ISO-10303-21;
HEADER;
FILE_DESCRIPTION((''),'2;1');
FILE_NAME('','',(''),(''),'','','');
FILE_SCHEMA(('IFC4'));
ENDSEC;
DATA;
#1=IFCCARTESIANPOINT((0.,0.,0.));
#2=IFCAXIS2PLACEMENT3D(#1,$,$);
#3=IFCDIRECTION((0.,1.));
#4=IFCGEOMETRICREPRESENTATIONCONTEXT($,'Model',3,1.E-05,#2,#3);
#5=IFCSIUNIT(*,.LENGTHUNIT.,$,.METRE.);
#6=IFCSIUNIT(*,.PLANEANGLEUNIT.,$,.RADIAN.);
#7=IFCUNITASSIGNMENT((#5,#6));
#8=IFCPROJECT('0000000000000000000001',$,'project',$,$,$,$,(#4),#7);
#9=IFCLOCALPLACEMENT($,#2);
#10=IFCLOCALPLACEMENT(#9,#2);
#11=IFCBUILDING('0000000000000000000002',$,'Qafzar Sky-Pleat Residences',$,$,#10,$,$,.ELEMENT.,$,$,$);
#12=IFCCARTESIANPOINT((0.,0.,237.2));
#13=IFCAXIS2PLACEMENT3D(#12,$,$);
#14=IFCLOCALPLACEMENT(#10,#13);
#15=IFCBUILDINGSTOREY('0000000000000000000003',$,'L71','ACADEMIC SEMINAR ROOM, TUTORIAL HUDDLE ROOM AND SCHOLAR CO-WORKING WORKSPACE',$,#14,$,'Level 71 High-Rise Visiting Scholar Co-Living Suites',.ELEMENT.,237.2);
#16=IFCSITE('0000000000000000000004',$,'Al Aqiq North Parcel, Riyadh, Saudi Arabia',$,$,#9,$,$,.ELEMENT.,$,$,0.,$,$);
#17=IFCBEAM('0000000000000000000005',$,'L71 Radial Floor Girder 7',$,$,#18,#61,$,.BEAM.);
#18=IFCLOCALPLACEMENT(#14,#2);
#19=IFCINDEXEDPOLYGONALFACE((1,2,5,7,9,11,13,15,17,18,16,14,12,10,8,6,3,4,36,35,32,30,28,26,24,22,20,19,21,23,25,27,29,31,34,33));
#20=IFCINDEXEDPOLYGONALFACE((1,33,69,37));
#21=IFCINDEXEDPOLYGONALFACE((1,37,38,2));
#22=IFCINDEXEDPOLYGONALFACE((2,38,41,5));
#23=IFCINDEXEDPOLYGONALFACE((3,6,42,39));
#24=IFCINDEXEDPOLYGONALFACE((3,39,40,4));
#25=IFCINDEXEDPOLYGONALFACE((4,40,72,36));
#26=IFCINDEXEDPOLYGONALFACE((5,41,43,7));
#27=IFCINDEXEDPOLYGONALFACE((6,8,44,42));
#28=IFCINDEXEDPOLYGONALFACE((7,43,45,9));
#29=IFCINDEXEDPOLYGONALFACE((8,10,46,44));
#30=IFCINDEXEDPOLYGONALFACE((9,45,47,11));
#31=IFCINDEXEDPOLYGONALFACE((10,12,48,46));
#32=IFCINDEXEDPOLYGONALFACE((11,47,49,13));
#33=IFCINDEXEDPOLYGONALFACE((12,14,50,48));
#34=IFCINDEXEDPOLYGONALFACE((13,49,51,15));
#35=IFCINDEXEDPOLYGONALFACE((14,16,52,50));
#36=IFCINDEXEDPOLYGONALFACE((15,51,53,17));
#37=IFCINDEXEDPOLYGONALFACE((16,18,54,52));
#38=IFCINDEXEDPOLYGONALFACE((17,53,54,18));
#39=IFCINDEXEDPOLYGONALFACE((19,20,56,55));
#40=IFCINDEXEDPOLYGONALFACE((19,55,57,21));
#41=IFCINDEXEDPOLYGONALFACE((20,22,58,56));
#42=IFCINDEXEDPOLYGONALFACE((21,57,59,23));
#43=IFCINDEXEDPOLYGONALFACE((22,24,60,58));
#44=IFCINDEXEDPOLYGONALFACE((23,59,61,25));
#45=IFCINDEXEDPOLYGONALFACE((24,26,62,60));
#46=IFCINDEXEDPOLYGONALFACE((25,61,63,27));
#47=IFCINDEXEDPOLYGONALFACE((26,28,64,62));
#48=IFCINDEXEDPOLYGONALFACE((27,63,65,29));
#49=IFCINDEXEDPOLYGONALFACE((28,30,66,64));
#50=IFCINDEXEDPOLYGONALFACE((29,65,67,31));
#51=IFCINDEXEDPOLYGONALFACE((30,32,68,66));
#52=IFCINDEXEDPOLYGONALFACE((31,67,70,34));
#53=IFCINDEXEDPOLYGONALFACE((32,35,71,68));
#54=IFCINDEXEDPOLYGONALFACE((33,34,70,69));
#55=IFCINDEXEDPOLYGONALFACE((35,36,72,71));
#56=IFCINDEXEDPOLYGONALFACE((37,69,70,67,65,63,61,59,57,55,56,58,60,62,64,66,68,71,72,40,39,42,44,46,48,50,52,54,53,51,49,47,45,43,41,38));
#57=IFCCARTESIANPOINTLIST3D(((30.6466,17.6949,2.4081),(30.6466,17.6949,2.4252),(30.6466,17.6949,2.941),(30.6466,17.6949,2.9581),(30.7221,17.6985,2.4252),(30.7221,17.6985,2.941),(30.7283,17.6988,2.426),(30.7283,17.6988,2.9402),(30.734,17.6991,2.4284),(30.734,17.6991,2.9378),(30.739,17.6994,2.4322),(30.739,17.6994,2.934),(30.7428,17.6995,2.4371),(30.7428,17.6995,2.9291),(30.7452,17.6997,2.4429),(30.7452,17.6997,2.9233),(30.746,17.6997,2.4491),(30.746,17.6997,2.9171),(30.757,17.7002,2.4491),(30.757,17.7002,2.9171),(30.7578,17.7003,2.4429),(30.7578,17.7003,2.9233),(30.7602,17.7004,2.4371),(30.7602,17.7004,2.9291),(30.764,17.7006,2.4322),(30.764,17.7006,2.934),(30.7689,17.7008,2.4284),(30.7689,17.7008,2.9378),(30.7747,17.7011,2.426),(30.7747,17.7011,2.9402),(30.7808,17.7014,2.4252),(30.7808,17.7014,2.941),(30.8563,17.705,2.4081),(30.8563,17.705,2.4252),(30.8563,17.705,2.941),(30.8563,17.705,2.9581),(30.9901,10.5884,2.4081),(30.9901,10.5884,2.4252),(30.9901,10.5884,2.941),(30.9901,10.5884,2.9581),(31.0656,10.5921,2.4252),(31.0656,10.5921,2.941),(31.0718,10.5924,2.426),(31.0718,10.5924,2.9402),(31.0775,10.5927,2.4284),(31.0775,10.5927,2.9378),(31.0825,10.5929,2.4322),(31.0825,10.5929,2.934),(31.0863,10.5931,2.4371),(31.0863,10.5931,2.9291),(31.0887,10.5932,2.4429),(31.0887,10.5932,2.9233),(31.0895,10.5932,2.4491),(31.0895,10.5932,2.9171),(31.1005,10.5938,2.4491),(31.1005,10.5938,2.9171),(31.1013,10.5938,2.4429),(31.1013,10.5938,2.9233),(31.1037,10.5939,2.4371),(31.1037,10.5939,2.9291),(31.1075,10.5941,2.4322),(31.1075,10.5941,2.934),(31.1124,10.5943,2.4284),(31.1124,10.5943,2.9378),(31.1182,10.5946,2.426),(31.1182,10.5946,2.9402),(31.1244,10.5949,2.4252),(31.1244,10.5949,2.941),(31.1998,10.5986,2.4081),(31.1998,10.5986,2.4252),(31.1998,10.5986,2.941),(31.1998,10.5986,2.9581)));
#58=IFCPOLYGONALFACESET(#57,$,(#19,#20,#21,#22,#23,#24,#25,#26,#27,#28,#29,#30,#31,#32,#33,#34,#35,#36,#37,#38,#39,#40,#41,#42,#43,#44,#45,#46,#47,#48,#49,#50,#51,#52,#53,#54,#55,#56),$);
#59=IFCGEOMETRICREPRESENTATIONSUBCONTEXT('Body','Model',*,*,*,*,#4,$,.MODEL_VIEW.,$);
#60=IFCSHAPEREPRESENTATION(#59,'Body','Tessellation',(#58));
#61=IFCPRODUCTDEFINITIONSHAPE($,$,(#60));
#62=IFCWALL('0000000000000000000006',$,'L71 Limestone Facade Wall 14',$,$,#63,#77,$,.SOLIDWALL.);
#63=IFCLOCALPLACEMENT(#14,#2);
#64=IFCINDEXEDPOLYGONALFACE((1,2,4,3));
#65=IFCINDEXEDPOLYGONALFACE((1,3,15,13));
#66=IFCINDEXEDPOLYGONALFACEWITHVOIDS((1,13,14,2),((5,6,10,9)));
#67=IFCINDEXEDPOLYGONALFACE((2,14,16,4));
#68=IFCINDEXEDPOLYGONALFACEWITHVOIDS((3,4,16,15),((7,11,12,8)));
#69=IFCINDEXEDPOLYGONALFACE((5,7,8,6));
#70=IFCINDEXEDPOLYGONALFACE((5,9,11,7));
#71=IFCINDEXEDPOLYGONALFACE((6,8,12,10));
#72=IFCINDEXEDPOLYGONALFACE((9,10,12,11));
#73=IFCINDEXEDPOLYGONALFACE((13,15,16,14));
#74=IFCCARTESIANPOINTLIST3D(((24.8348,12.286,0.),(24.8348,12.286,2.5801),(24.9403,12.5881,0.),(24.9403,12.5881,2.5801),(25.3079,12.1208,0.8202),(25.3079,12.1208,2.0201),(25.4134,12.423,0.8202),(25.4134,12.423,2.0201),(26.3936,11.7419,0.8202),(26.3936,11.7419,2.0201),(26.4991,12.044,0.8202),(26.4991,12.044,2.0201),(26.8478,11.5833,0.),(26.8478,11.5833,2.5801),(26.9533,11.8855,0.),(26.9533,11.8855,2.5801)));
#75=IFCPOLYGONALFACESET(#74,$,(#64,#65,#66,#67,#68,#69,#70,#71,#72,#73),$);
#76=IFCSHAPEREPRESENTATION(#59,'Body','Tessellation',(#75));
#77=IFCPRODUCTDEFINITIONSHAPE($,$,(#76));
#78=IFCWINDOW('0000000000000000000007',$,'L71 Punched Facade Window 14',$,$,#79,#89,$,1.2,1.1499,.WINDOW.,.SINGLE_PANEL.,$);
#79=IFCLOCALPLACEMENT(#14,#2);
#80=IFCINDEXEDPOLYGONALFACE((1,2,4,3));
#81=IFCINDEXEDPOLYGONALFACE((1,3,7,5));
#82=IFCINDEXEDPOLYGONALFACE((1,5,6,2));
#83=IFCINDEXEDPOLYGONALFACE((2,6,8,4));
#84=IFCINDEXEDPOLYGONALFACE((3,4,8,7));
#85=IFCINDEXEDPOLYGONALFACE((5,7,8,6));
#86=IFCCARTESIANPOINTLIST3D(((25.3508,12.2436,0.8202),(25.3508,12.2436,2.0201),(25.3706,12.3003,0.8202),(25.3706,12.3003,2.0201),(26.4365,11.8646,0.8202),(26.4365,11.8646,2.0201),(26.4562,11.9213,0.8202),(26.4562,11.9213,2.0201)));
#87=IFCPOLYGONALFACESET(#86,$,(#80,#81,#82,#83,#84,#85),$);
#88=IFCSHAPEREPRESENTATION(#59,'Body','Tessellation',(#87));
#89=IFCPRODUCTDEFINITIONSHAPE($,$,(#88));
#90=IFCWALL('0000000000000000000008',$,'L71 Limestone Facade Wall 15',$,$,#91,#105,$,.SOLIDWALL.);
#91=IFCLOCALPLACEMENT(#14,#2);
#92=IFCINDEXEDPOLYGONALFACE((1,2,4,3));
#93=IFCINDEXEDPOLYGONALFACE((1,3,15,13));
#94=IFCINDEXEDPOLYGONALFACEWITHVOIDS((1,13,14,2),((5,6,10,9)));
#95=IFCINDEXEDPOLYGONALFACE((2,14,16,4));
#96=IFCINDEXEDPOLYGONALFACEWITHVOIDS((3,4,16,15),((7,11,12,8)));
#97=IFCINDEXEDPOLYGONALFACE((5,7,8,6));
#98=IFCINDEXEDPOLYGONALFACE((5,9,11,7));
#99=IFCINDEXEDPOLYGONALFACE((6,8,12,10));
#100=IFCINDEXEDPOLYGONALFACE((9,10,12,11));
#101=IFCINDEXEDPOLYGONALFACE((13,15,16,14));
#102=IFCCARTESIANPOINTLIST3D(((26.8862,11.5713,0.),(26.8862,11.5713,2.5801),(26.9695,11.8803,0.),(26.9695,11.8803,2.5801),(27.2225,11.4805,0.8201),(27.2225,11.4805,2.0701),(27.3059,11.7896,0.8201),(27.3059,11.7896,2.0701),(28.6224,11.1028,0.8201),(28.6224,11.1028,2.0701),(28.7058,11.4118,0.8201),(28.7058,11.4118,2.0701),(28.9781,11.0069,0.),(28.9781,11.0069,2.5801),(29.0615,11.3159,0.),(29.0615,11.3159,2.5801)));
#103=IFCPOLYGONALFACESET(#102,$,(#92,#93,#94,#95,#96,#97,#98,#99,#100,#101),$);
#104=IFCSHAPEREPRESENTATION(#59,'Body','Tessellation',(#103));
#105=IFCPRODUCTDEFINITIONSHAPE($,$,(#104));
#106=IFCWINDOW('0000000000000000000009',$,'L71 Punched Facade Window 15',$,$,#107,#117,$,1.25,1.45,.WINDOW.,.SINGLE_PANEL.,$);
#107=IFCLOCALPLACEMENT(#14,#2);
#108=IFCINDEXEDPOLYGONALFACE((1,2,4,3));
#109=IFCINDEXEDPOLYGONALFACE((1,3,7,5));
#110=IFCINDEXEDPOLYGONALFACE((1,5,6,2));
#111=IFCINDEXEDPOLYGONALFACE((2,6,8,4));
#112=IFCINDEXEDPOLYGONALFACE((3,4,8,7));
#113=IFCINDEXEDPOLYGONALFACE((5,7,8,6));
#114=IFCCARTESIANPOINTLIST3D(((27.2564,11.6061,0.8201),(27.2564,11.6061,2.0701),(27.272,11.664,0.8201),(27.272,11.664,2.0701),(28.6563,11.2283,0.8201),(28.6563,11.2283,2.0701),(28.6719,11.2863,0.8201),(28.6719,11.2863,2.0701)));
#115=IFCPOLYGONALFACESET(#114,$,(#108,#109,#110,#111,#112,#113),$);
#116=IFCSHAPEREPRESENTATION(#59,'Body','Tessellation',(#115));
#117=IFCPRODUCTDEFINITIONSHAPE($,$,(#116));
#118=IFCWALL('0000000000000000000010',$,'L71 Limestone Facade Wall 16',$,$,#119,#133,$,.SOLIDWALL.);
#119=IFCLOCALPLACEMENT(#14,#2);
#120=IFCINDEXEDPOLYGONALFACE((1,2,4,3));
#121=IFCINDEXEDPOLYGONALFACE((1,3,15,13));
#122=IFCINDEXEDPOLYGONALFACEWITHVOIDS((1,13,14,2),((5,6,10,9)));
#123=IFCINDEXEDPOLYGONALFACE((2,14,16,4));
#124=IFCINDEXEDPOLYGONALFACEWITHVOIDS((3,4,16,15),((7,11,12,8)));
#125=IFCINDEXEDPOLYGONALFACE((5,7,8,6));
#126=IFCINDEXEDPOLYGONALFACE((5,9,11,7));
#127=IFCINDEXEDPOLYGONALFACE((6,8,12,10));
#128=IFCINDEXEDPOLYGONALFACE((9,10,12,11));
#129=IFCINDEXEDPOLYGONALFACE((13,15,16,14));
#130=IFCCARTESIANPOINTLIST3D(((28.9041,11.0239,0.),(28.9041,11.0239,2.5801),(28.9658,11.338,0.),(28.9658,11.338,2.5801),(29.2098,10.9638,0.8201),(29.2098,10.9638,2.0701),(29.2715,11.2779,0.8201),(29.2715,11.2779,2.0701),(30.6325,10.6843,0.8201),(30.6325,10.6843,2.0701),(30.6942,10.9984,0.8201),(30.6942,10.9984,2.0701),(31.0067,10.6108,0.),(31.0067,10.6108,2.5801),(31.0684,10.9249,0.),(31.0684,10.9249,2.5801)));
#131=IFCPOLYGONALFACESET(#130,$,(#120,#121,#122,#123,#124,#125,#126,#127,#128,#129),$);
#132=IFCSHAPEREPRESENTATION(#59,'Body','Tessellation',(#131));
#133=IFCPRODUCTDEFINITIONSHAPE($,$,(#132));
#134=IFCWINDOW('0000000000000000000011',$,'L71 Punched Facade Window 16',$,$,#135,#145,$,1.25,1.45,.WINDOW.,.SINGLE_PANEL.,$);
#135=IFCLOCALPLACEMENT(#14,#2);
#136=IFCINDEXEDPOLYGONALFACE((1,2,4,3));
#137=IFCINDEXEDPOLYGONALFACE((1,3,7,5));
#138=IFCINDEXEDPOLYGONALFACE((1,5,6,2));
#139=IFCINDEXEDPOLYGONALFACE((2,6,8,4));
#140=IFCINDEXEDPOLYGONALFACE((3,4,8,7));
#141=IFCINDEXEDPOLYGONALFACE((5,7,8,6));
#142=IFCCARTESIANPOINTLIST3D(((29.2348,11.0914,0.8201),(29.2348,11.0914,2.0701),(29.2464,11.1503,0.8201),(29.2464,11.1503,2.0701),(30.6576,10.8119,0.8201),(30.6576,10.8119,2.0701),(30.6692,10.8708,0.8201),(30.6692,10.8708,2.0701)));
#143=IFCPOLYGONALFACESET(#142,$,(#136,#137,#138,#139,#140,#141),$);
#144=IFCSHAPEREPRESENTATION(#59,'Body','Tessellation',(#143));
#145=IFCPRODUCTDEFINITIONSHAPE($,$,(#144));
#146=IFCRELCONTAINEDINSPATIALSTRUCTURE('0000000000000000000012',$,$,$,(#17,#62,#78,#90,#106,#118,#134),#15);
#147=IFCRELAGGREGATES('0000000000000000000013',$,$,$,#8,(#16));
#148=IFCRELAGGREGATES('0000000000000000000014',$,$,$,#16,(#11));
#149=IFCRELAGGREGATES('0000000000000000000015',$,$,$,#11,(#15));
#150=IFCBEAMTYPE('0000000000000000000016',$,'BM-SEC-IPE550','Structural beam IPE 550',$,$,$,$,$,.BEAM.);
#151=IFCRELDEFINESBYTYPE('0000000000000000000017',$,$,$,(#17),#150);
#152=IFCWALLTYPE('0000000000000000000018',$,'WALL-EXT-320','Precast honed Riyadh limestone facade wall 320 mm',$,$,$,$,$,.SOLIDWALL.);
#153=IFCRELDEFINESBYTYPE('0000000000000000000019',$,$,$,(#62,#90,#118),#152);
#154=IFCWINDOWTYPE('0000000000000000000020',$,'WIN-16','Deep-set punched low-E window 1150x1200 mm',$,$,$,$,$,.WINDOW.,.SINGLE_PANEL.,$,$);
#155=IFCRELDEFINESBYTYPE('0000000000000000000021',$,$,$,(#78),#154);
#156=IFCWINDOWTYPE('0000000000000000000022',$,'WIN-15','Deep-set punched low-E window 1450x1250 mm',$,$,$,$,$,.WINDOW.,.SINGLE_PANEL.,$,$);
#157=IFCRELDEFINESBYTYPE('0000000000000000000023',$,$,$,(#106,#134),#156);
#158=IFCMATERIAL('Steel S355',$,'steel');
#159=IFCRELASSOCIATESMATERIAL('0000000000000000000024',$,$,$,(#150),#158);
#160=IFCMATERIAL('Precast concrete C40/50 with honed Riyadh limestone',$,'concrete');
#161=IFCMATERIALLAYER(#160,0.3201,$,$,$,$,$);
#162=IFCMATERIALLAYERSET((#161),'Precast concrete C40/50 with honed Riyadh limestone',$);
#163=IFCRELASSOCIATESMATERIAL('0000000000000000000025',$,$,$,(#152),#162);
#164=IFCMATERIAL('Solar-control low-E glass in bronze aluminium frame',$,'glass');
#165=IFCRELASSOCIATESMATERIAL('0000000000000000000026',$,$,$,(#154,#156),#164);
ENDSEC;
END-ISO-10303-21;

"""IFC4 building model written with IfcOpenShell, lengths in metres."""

from ifc_helpers import new_model, si_unit, direction, frame, frame_2d, origin, origin_2d, place, context, subcontext, project, spatial, rectangle, i_section, extrude, source, transform, mapped, material, layer, layer_set, material_profile, profile_set, type_object, element, fill, save


model = new_model("IFC4")

# Units and contexts
model_context = context("Model", 3, precision=1e-05, world=origin(), true_north=direction((0.0, 1.0)))
body_context = subcontext(model_context, "Body", "Model", "MODEL_VIEW")
ifc_project = project(units=[si_unit("LENGTHUNIT", "METRE"), si_unit("PLANEANGLEUNIT", "RADIAN")], contexts=[model_context])

# Site, building, storey
site_placement = place(None, origin())
site = spatial("IfcSite", under=ifc_project, at=site_placement, Name="Al Aqiq North Parcel, Riyadh, Saudi Arabia", CompositionType="ELEMENT", RefElevation=0.0)
building_placement = place(site_placement, origin())
building = spatial("IfcBuilding", under=site, at=building_placement, Name="Qafzar Sky-Pleat Residences", CompositionType="ELEMENT")
storey_placement = place(building_placement, frame((0.0, 0.0, 237.2)))
storey = spatial("IfcBuildingStorey", under=building, at=storey_placement, Name="L71", Description="ACADEMIC SEMINAR ROOM, TUTORIAL HUDDLE ROOM AND SCHOLAR CO-WORKING WORKSPACE", LongName="Level 71 High-Rise Visiting Scholar Co-Living Suites", CompositionType="ELEMENT", Elevation=237.2)

# Shared definitions
ifc_material_1 = material(Name="Steel S355", Category="steel")

# Beam
ifc_material_profile_1 = material_profile(ifc_material_1, i_section(OverallWidth=0.21, OverallDepth=0.55, WebThickness=0.011, FlangeThickness=0.0171, FilletRadius=0.0239, at=origin_2d()), Name="IPE 550")
ifc_profile_set_1 = profile_set([ifc_material_profile_1], Name="Steel S355")
beam_type_1 = type_object("IfcBeamType", Name="BM-SEC-IPE550", Description="Structural beam IPE 550", PredefinedType="BEAM", material=ifc_profile_set_1)
shared_shape_1 = source(origin(), body_context, "Body", "SweptSolid", [
    extrude(i_section(OverallWidth=0.21, OverallDepth=0.55, WebThickness=0.011, FlangeThickness=0.0171, FilletRadius=0.0239, at=origin_2d()), origin(), (0.0, 0.0, 1.0), 7.1147),
])
beam_1_placement = place(storey_placement, frame((31.095, 10.5935, 2.6831), z_axis=(-0.048281, 0.998834, 0.0), x_axis=(-0.998834, -0.048281, 0.0)))
element("IfcBeam", 1, at=beam_1_placement, inside=storey, type_object=beam_type_1, Name="L71 Radial Floor Girder 7", PredefinedType="BEAM", context=body_context, shape_type="MappedRepresentation", body=[
    mapped(shared_shape_1, transform((0.0, 0.0, 0.0), x_axis=(1.0, 0.0, 0.0), y_axis=(0.0, 1.0, 0.0), z_axis=(0.0, 0.0, 1.0), scale=1.0)),
])

# Walls, openings, windows
ifc_material_2 = material(Name="Precast concrete C40/50 with honed Riyadh limestone", Category="concrete")
ifc_layer_1 = layer(ifc_material_2, 0.3201)
ifc_layer_set_1 = layer_set([ifc_layer_1], Name="Precast concrete C40/50 with honed Riyadh limestone")
wall_type = type_object("IfcWallType", Name="WALL-EXT-320", Description="Precast honed Riyadh limestone facade wall 320 mm", PredefinedType="SOLIDWALL", material=ifc_layer_set_1)
wall_1_placement = place(storey_placement, frame((24.8877, 12.437, 0.0), z_axis=(0.0, 0.0, 1.0), x_axis=(0.944135, -0.32956, 0.0)))
wall_1 = element("IfcWall", 2, at=wall_1_placement, inside=storey, type_object=wall_type, Name="L71 Limestone Facade Wall 14", PredefinedType="SOLIDWALL", context=body_context, shape_type="SweptSolid", body=[
    extrude(rectangle(XDim=2.1321, YDim=0.3201, at=frame_2d((1.0659, 0.0))), origin(), (0.0, 0.0, 1.0), 2.5801),
])
opening_1_placement = place(wall_1_placement, frame((0.501, 0.0, 0.8201)))
opening_1 = element("IfcOpeningElement", 3, at=opening_1_placement, cuts=wall_1, PredefinedType="OPENING", context=body_context, shape_type="SweptSolid", body=[
    extrude(rectangle(XDim=1.1499, YDim=1.2, at=frame_2d((0.575, 0.6001))), frame((0.0, 0.1699, 0.0), z_axis=(0.0, -1.0, 0.0), x_axis=(1.0, 0.0, 0.0)), (0.0, 0.0, 1.0), 0.3401),
])
ifc_material_3 = material(Name="Solar-control low-E glass in bronze aluminium frame", Category="glass")
window_type_1 = type_object("IfcWindowType", Name="WIN-16", Description="Deep-set punched low-E window 1150x1200 mm", PartitioningType="SINGLE_PANEL", PredefinedType="WINDOW", material=ifc_material_3)
shared_shape_2 = source(origin(), body_context, "Body", "SweptSolid", [
    extrude(rectangle(XDim=1.1499, YDim=1.2, at=frame_2d((0.575, 0.6001))), frame((0.0, 0.03, 0.0), z_axis=(0.0, -1.0, 0.0), x_axis=(1.0, 0.0, 0.0)), (0.0, 0.0, 1.0), 0.0601),
])
window_1_placement = place(opening_1_placement, origin())
window_1 = element("IfcWindow", 4, at=window_1_placement, inside=storey, type_object=window_type_1, Name="L71 Punched Facade Window 14", OverallHeight=1.2, OverallWidth=1.1499, PartitioningType="SINGLE_PANEL", PredefinedType="WINDOW", context=body_context, shape_type="MappedRepresentation", body=[
    mapped(shared_shape_2, transform((0.0, 0.0, 0.0), x_axis=(1.0, 0.0, 0.0), y_axis=(0.0, 1.0, 0.0), z_axis=(0.0, 0.0, 1.0), scale=1.0)),
])
fill(opening_1, window_1)
wall_2_placement = place(storey_placement, frame((26.9277, 11.7258, 0.0), z_axis=(0.0, 0.0, 1.0), x_axis=(0.965475, -0.260495, 0.0)))
wall_2 = element("IfcWall", 5, at=wall_2_placement, inside=storey, type_object=wall_type, Name="L71 Limestone Facade Wall 15", PredefinedType="SOLIDWALL", context=body_context, shape_type="SweptSolid", body=[
    extrude(rectangle(XDim=2.1667, YDim=0.3201, at=frame_2d((1.0835, 0.0))), origin(), (0.0, 0.0, 1.0), 2.5801),
])
opening_2_placement = place(wall_2_placement, frame((0.3484, 0.0, 0.8201)))
opening_2 = element("IfcOpeningElement", 6, at=opening_2_placement, cuts=wall_2, PredefinedType="OPENING", context=body_context, shape_type="SweptSolid", body=[
    extrude(rectangle(XDim=1.45, YDim=1.25, at=frame_2d((0.7251, 0.625))), frame((0.0, 0.1699, 0.0), z_axis=(0.0, -1.0, 0.0), x_axis=(1.0, 0.0, 0.0)), (0.0, 0.0, 1.0), 0.3401),
])
window_type_2 = type_object("IfcWindowType", Name="WIN-15", Description="Deep-set punched low-E window 1450x1250 mm", PartitioningType="SINGLE_PANEL", PredefinedType="WINDOW", material=ifc_material_3)
shared_shape_3 = source(origin(), body_context, "Body", "SweptSolid", [
    extrude(rectangle(XDim=1.45, YDim=1.25, at=frame_2d((0.7251, 0.625))), frame((0.0, 0.03, 0.0), z_axis=(0.0, -1.0, 0.0), x_axis=(1.0, 0.0, 0.0)), (0.0, 0.0, 1.0), 0.0601),
])
window_2_placement = place(opening_2_placement, origin())
window_2 = element("IfcWindow", 7, at=window_2_placement, inside=storey, type_object=window_type_2, Name="L71 Punched Facade Window 15", OverallHeight=1.25, OverallWidth=1.45, PartitioningType="SINGLE_PANEL", PredefinedType="WINDOW", context=body_context, shape_type="MappedRepresentation", body=[
    mapped(shared_shape_3, transform((0.0, 0.0, 0.0), x_axis=(1.0, 0.0, 0.0), y_axis=(0.0, 1.0, 0.0), z_axis=(0.0, 0.0, 1.0), scale=1.0)),
])
fill(opening_2, window_2)
wall_3_placement = place(storey_placement, frame((28.9351, 11.1809, 0.0), z_axis=(0.0, 0.0, 1.0), x_axis=(0.981241, -0.192784, 0.0)))
wall_3 = element("IfcWall", 8, at=wall_3_placement, inside=storey, type_object=wall_type, Name="L71 Limestone Facade Wall 16", PredefinedType="SOLIDWALL", context=body_context, shape_type="SweptSolid", body=[
    extrude(rectangle(XDim=2.1428, YDim=0.3201, at=frame_2d((1.0713, 0.0))), origin(), (0.0, 0.0, 1.0), 2.5801),
])
opening_3_placement = place(wall_3_placement, frame((0.3113, 0.0, 0.8201)))
opening_3 = element("IfcOpeningElement", 9, at=opening_3_placement, cuts=wall_3, PredefinedType="OPENING", context=body_context, shape_type="SweptSolid", body=[
    extrude(rectangle(XDim=1.45, YDim=1.25, at=frame_2d((0.7251, 0.625))), frame((0.0, 0.1699, 0.0), z_axis=(0.0, -1.0, 0.0), x_axis=(1.0, 0.0, 0.0)), (0.0, 0.0, 1.0), 0.3401),
])
window_3_placement = place(opening_3_placement, origin())
window_3 = element("IfcWindow", 10, at=window_3_placement, inside=storey, type_object=window_type_2, Name="L71 Punched Facade Window 16", OverallHeight=1.25, OverallWidth=1.45, PartitioningType="SINGLE_PANEL", PredefinedType="WINDOW", context=body_context, shape_type="MappedRepresentation", body=[
    mapped(shared_shape_3, transform((0.0, 0.0, 0.0), x_axis=(1.0, 0.0, 0.0), y_axis=(0.0, 1.0, 0.0), z_axis=(0.0, 0.0, 1.0), scale=1.0)),
])
fill(opening_3, window_3)

save(model, "model.ifc")
